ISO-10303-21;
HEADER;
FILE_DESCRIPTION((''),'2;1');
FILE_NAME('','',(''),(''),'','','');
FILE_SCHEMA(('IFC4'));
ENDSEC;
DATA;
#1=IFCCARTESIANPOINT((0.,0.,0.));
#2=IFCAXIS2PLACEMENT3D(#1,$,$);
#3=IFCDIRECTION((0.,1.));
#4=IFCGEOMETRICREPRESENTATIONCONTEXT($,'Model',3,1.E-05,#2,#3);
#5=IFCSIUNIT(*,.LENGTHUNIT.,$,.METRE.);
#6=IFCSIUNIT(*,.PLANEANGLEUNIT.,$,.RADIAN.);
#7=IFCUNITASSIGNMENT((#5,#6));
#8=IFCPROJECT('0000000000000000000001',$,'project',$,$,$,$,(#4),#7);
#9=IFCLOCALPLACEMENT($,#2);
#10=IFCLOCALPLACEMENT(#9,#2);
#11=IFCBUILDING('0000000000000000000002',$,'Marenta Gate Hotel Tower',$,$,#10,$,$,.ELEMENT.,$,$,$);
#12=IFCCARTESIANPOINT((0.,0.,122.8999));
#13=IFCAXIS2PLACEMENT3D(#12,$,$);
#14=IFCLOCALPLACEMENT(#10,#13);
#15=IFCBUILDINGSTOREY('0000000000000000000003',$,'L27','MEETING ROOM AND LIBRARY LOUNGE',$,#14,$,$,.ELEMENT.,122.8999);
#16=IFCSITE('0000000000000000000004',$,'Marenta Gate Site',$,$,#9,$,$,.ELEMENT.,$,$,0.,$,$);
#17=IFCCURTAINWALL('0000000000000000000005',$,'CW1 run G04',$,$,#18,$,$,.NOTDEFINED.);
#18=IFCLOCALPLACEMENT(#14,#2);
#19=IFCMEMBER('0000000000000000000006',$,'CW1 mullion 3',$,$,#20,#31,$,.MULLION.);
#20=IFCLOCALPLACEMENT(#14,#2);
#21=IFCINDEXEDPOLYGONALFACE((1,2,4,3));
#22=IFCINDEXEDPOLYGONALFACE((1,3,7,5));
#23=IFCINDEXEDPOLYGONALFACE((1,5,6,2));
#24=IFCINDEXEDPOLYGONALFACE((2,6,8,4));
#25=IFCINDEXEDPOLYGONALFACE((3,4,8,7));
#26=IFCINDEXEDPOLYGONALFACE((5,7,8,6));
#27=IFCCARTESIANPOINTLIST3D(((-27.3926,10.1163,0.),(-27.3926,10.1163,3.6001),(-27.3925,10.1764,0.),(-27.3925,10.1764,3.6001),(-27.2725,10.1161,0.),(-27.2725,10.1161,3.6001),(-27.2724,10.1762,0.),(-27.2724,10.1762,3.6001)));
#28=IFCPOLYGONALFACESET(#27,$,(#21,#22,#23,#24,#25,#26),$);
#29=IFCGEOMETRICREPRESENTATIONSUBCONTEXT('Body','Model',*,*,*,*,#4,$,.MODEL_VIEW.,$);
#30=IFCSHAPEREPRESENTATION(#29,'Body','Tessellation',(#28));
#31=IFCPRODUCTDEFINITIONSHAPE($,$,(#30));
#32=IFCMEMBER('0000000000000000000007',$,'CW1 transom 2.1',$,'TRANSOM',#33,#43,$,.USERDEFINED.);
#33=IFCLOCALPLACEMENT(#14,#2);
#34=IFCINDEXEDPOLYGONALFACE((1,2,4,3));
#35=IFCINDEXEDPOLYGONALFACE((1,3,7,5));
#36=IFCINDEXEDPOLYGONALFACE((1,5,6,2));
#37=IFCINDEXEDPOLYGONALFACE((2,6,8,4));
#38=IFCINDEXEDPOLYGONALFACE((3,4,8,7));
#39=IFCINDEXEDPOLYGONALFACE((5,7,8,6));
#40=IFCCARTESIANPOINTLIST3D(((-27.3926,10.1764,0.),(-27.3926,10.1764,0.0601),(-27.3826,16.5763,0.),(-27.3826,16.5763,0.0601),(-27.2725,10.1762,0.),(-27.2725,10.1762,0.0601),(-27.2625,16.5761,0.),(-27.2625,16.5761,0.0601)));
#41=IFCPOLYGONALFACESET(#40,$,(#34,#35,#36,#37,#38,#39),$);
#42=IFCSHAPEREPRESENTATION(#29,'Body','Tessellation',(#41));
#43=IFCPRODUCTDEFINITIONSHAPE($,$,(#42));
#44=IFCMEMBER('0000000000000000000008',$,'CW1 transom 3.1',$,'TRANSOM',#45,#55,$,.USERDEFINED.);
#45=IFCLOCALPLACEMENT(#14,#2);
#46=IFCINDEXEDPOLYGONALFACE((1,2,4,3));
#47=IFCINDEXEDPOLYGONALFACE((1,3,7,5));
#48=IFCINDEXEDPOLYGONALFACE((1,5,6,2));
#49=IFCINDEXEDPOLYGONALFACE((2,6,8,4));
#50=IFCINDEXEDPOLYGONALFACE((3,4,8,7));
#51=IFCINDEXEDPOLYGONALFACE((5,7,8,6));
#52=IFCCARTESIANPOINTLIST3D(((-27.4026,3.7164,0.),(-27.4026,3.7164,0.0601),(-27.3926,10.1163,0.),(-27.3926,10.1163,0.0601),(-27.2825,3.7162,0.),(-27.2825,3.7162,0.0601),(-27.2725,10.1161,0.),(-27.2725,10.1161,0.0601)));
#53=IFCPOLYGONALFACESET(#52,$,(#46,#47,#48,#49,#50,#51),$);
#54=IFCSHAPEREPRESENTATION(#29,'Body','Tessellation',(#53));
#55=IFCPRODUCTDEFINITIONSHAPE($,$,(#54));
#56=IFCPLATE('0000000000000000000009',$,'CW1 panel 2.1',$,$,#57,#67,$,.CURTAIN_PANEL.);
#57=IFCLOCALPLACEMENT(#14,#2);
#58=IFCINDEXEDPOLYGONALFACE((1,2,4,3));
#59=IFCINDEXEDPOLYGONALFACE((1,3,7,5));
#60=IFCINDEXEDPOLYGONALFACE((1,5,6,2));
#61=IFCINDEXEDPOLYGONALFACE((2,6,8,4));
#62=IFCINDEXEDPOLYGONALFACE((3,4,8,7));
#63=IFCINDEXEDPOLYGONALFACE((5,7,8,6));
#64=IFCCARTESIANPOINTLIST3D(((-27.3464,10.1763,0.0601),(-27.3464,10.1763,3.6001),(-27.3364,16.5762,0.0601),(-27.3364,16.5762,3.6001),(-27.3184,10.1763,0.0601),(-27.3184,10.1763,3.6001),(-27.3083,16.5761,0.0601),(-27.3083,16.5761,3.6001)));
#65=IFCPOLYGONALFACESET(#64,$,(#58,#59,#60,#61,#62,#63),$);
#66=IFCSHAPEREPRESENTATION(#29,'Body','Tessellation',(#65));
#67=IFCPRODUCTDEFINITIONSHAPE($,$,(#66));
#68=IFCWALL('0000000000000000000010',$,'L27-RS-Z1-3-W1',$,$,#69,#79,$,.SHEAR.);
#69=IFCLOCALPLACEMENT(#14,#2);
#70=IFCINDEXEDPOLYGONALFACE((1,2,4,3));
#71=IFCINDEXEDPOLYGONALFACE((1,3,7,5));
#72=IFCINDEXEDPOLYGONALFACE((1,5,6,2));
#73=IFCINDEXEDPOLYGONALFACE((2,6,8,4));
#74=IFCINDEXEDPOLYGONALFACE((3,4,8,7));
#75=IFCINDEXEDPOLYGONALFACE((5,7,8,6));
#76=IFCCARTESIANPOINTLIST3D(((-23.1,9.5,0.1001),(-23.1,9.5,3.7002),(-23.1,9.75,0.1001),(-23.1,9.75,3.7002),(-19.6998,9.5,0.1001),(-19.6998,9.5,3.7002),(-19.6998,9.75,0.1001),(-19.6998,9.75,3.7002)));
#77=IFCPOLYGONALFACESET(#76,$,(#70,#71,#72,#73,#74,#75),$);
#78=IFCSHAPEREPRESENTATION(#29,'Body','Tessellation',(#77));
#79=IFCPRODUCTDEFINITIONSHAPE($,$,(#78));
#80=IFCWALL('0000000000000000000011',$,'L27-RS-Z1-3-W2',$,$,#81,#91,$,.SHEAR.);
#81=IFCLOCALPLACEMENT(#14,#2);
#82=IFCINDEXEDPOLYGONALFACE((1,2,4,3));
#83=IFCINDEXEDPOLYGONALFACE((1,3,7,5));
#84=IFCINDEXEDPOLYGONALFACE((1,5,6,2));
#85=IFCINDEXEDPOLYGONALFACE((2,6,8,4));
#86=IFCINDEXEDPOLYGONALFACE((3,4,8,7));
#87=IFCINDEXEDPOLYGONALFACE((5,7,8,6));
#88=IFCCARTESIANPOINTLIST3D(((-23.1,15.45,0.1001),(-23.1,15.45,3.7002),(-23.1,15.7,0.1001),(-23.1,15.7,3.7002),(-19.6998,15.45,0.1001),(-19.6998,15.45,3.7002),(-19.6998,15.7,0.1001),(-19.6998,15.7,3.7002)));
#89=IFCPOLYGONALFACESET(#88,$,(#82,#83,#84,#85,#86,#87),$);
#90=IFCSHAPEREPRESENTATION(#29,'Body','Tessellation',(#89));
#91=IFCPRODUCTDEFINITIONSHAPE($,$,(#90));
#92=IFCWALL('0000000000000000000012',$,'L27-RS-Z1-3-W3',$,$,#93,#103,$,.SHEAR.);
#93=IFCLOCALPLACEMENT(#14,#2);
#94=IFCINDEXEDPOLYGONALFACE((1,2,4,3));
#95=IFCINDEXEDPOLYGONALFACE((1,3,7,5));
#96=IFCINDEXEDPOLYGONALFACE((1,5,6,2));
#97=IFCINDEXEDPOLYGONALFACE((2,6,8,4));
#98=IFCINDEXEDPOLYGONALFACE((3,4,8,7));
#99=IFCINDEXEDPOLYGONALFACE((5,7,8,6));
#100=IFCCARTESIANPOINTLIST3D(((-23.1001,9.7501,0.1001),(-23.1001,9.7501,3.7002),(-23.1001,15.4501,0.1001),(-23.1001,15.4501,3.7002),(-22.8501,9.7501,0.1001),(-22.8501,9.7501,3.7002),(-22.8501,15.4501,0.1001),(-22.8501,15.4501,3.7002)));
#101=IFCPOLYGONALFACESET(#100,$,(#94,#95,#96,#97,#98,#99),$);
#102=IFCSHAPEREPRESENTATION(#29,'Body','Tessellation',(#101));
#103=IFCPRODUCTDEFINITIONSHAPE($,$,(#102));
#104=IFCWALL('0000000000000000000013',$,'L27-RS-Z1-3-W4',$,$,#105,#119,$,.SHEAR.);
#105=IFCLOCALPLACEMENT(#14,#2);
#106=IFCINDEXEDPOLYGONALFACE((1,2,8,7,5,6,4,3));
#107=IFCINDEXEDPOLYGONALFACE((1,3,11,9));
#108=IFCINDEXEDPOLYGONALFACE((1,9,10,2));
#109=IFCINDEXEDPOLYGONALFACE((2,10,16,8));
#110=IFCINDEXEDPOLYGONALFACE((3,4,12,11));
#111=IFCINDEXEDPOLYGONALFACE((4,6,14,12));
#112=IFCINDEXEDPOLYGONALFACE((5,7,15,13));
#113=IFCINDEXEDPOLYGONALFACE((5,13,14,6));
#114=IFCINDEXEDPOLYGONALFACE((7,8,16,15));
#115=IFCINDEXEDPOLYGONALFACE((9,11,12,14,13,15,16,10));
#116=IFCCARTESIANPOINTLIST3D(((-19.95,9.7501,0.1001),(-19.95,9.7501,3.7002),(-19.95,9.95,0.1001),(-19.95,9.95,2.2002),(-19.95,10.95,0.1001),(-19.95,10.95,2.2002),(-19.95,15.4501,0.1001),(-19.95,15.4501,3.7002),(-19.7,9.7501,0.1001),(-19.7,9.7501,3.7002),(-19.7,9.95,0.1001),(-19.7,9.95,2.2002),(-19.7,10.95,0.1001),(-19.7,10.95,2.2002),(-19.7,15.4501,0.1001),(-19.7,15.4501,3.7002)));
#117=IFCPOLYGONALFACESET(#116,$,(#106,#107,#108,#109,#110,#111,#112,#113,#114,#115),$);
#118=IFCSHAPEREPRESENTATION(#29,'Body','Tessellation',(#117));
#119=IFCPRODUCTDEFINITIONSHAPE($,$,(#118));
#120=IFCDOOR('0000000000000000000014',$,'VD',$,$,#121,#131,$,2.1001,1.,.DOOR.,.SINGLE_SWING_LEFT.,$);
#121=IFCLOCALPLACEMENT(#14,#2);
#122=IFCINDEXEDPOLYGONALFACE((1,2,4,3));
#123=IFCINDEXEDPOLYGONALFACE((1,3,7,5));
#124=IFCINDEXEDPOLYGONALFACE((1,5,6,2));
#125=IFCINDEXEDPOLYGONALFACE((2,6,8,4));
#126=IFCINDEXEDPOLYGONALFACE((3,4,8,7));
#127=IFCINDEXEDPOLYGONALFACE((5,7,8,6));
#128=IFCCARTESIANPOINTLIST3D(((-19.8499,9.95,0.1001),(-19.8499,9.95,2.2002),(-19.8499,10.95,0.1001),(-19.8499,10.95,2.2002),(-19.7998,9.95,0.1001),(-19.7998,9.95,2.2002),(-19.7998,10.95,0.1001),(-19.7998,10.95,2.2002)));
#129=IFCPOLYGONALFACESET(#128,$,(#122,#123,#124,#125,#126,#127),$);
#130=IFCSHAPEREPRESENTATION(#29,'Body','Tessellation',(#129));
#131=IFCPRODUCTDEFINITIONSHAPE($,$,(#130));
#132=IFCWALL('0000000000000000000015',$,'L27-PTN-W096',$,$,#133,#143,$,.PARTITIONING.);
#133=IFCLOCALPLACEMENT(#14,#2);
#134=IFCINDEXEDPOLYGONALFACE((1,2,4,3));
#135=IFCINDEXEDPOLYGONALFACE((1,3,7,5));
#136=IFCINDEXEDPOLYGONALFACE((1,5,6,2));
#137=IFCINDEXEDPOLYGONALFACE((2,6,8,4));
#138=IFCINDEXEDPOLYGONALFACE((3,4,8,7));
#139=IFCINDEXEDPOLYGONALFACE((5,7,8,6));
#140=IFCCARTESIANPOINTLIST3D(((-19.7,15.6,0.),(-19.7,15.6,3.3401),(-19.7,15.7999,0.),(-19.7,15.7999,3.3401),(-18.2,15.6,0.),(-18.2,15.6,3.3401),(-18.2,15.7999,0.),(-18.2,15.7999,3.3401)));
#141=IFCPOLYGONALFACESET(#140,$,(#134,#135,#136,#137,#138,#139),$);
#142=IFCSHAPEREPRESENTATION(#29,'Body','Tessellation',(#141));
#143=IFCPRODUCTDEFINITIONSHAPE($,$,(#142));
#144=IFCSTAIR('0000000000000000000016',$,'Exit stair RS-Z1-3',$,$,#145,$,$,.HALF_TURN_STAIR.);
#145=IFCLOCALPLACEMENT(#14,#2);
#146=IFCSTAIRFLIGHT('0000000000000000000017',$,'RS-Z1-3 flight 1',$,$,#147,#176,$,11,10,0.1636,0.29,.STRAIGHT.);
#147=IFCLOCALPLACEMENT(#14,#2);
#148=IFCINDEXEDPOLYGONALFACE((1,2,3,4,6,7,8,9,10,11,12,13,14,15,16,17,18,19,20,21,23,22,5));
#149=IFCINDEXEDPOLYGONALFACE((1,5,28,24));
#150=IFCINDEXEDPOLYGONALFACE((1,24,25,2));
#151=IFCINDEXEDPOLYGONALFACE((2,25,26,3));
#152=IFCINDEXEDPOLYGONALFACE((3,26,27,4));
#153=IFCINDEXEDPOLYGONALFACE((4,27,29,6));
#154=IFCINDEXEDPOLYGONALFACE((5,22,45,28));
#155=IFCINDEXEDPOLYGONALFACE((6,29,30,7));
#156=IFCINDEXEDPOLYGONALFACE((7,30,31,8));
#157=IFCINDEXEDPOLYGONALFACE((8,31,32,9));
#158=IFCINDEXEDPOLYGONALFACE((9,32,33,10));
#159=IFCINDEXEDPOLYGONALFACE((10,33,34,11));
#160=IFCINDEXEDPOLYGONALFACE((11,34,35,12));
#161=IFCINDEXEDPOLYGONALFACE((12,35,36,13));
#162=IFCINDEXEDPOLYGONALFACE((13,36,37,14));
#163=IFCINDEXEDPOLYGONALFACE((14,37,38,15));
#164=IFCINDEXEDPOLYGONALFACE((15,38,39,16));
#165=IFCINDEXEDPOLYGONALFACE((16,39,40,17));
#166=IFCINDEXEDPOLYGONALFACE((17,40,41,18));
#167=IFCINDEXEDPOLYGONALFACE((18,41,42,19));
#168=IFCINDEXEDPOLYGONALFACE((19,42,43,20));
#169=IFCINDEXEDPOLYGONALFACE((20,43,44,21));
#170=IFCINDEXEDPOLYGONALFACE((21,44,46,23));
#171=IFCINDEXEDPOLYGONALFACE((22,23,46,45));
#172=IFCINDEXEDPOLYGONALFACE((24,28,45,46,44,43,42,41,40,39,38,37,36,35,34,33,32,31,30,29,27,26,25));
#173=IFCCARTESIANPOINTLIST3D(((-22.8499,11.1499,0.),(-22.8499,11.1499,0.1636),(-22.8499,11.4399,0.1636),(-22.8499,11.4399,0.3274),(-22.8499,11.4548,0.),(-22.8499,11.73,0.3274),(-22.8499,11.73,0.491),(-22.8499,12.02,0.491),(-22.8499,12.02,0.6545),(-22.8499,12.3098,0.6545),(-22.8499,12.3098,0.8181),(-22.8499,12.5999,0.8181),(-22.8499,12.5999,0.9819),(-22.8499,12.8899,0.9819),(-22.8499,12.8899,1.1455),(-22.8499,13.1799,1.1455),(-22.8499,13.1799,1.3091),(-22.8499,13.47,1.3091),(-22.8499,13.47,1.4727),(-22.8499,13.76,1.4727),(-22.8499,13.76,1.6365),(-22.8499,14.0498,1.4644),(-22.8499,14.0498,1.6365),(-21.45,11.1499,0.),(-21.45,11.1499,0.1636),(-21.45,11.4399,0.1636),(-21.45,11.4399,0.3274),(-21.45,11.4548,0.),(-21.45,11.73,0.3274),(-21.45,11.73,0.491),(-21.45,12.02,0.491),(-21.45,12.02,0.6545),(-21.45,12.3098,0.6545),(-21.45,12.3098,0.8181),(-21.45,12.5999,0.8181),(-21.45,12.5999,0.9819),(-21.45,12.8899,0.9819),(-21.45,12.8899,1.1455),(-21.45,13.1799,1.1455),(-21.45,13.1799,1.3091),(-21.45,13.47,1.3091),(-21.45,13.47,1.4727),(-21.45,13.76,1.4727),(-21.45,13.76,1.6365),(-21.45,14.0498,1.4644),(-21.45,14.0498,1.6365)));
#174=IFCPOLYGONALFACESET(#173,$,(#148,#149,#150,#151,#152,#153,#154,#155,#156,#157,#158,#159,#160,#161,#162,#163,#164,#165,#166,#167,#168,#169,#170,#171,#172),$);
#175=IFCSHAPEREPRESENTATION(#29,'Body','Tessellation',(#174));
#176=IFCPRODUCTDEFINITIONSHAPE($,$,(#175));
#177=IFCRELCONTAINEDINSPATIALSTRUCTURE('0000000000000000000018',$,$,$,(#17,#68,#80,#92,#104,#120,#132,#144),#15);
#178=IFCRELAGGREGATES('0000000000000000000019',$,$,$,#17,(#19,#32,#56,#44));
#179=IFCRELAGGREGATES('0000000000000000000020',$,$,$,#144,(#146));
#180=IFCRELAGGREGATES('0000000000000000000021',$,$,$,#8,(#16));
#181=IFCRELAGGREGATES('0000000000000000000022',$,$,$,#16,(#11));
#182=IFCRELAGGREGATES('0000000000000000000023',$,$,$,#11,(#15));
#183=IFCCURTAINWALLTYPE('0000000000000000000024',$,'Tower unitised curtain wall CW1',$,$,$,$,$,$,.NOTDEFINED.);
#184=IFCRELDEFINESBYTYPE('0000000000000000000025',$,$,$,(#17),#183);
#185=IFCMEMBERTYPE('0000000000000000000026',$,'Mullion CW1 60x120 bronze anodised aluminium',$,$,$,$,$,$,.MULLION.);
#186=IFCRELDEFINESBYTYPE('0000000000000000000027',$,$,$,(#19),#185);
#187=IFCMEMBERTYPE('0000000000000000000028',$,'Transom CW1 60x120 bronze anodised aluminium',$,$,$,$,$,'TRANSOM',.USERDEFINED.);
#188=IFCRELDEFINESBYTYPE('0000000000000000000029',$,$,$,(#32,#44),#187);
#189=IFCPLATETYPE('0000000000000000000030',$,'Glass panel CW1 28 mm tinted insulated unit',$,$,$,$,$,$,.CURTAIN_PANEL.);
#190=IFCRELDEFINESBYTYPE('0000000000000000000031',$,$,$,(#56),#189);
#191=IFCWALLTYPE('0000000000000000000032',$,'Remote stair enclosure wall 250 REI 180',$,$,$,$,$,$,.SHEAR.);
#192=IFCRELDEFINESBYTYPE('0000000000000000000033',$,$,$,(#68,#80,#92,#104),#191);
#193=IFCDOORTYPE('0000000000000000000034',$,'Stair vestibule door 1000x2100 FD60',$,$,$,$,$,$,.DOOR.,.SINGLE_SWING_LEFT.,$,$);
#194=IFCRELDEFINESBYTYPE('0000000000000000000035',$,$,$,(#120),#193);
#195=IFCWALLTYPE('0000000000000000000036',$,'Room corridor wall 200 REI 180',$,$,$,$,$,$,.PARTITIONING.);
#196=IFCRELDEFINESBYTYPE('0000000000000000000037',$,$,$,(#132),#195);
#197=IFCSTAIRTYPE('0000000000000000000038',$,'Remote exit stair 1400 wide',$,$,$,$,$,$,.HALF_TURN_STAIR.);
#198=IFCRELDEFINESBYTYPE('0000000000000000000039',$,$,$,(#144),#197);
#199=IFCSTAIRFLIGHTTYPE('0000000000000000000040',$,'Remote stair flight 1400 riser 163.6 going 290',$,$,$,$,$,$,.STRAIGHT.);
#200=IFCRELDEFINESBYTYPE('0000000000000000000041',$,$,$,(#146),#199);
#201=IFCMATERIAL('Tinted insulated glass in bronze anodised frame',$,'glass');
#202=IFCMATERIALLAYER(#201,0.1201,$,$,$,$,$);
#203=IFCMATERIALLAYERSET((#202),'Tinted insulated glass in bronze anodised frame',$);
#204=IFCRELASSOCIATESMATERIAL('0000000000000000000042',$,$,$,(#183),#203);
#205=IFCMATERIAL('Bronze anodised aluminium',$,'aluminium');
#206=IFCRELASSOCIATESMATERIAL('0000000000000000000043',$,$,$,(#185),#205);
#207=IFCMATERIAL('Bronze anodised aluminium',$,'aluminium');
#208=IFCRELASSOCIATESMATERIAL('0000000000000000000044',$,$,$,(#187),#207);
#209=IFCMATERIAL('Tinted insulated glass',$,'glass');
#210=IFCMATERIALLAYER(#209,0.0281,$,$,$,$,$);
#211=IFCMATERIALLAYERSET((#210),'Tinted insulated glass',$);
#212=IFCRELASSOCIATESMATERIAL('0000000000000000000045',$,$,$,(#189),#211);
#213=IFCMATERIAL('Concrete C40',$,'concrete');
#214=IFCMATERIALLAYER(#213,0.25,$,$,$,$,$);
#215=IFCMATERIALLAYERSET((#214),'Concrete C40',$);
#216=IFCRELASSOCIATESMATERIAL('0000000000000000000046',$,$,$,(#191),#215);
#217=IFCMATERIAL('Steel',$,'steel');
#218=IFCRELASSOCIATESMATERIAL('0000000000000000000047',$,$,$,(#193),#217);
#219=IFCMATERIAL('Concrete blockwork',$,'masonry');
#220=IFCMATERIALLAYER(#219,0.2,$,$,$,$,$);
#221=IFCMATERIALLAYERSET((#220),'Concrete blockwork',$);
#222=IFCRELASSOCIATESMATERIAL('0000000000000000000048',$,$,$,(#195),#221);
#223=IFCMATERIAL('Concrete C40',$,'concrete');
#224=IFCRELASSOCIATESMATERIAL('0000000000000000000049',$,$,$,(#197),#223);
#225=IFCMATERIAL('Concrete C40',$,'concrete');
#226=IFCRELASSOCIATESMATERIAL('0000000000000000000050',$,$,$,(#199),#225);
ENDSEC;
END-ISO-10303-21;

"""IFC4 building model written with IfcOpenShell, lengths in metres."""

from ifc_helpers import new_model, si_unit, direction, frame, frame_2d, origin, origin_2d, place, context, subcontext, project, spatial, polyline, rectangle, outline, extrude, material, layer, layer_set, material_profile, profile_set, type_object, element, fill, aggregate, save


model = new_model("IFC4")

# Units and contexts
model_context = context("Model", 3, precision=1e-05, world=origin(), true_north=direction((0.0, 1.0)))
body_context = subcontext(model_context, "Body", "Model", "MODEL_VIEW")
ifc_project = project(units=[si_unit("LENGTHUNIT", "METRE"), si_unit("PLANEANGLEUNIT", "RADIAN")], contexts=[model_context])

# Site, building, storey
site_placement = place(None, origin())
site = spatial("IfcSite", under=ifc_project, at=site_placement, Name="Marenta Gate Site", CompositionType="ELEMENT", RefElevation=0.0)
building_placement = place(site_placement, origin())
building = spatial("IfcBuilding", under=site, at=building_placement, Name="Marenta Gate Hotel Tower", CompositionType="ELEMENT")
storey_placement = place(building_placement, frame((0.0, 0.0, 122.8999)))
storey = spatial("IfcBuildingStorey", under=building, at=storey_placement, Name="L27", Description="MEETING ROOM AND LIBRARY LOUNGE", CompositionType="ELEMENT", Elevation=122.8999)

# Curtain wall, members, plate
ifc_material_1 = material(Name="Tinted insulated glass in bronze anodised frame", Category="glass")
ifc_layer_1 = layer(ifc_material_1, 0.1201)
ifc_layer_set_1 = layer_set([ifc_layer_1], Name="Tinted insulated glass in bronze anodised frame")
curtain_wall_type = type_object("IfcCurtainWallType", Name="Tower unitised curtain wall CW1", PredefinedType="NOTDEFINED", material=ifc_layer_set_1)
curtain_wall_placement = place(storey_placement, origin())
curtain_wall = element("IfcCurtainWall", 1, at=curtain_wall_placement, inside=storey, type_object=curtain_wall_type, Name="CW1 run G04", PredefinedType="NOTDEFINED")
ifc_material_2 = material(Name="Bronze anodised aluminium", Category="aluminium")
ifc_material_profile_1 = material_profile(ifc_material_2, rectangle(XDim=0.1201, YDim=0.0601, at=origin_2d()), Name="Mullion CW1 60x120 bronze anodised aluminium")
ifc_profile_set_1 = profile_set([ifc_material_profile_1], Name="Bronze anodised aluminium")
member_type_1 = type_object("IfcMemberType", Name="Mullion CW1 60x120 bronze anodised aluminium", PredefinedType="MULLION", material=ifc_profile_set_1)
member_1_placement = place(storey_placement, frame((-27.3325, 10.1462, 0.0), z_axis=(0.0, 0.0, 1.0), x_axis=(0.999999, -0.001566, 0.0)))
member_1 = element("IfcMember", 2, at=member_1_placement, type_object=member_type_1, Name="CW1 mullion 3", PredefinedType="MULLION", context=body_context, shape_type="SweptSolid", body=[
    extrude(rectangle(XDim=0.1201, YDim=0.0601, at=origin_2d()), origin(), (0.0, 0.0, 1.0), 3.6001),
])
ifc_material_3 = material(Name="Bronze anodised aluminium", Category="aluminium")
ifc_material_profile_2 = material_profile(ifc_material_3, rectangle(XDim=0.1201, YDim=0.0601, at=origin_2d()), Name="Transom CW1 60x120 bronze anodised aluminium")
ifc_profile_set_2 = profile_set([ifc_material_profile_2], Name="Bronze anodised aluminium")
member_type_2 = type_object("IfcMemberType", Name="Transom CW1 60x120 bronze anodised aluminium", ElementType="TRANSOM", PredefinedType="USERDEFINED", material=ifc_profile_set_2)
member_2_placement = place(storey_placement, frame((-27.3225, 16.5762, 0.03), z_axis=(-0.001564, -0.999999, 0.0), x_axis=(0.999999, -0.001564, 0.0)))
member_2 = element("IfcMember", 3, at=member_2_placement, type_object=member_type_2, Name="CW1 transom 2.1", ObjectType="TRANSOM", PredefinedType="USERDEFINED", context=body_context, shape_type="SweptSolid", body=[
    extrude(rectangle(XDim=0.1201, YDim=0.0601, at=origin_2d()), origin(), (0.0, 0.0, 1.0), 6.3999),
])
member_3_placement = place(storey_placement, frame((-27.3325, 10.1162, 0.03), z_axis=(-0.001564, -0.999999, 0.0), x_axis=(0.999999, -0.001564, 0.0)))
member_3 = element("IfcMember", 4, at=member_3_placement, type_object=member_type_2, Name="CW1 transom 3.1", ObjectType="TRANSOM", PredefinedType="USERDEFINED", context=body_context, shape_type="SweptSolid", body=[
    extrude(rectangle(XDim=0.1201, YDim=0.0601, at=origin_2d()), origin(), (0.0, 0.0, 1.0), 6.3999),
])
ifc_material_4 = material(Name="Tinted insulated glass", Category="glass")
ifc_layer_2 = layer(ifc_material_4, 0.0281)
ifc_layer_set_2 = layer_set([ifc_layer_2], Name="Tinted insulated glass")
plate_type = type_object("IfcPlateType", Name="Glass panel CW1 28 mm tinted insulated unit", PredefinedType="CURTAIN_PANEL", material=ifc_layer_set_2)
plate_placement = place(storey_placement, frame((-27.3274, 13.3762, 0.0601), z_axis=(0.0, 0.0, 1.0), x_axis=(-0.001566, -0.999999, 0.0)))
plate = element("IfcPlate", 5, at=plate_placement, type_object=plate_type, Name="CW1 panel 2.1", PredefinedType="CURTAIN_PANEL", context=body_context, shape_type="SweptSolid", body=[
    extrude(rectangle(XDim=6.3999, YDim=0.0281, at=origin_2d()), origin(), (0.0, 0.0, 1.0), 3.54),
])
aggregate(curtain_wall, [member_1, member_2, plate, member_3])

# Walls
ifc_material_5 = material(Name="Concrete C40", Category="concrete")
ifc_layer_3 = layer(ifc_material_5, 0.25)
ifc_layer_set_3 = layer_set([ifc_layer_3], Name="Concrete C40")
wall_type_1 = type_object("IfcWallType", Name="Remote stair enclosure wall 250 REI 180", PredefinedType="SHEAR", material=ifc_layer_set_3)
for number, where, z_axis, x_axis, name in (
    (6, (-23.1001, 9.625, 0.1001), (0.0, 0.0, 1.0), (1.0, 0.0, 0.0), "L27-RS-Z1-3-W1"),
    (7, (-23.1001, 15.575, 0.1001), (0.0, 0.0, 1.0), (1.0, 0.0, 0.0), "L27-RS-Z1-3-W2"),
):
    element("IfcWall", number, at=place(storey_placement, frame(where, z_axis=z_axis, x_axis=x_axis)), inside=storey, type_object=wall_type_1, Name=name, PredefinedType="SHEAR", context=body_context, shape_type="SweptSolid", body=[
        extrude(rectangle(XDim=3.4001, YDim=0.25, at=frame_2d((1.7002, 0.0))), origin(), (0.0, 0.0, 1.0), 3.6001),
    ])
wall_1_placement = place(storey_placement, frame((-22.9751, 9.75, 0.1001), z_axis=(0.0, 0.0, 1.0), x_axis=(0.0, 1.0, 0.0)))
element("IfcWall", 8, at=wall_1_placement, inside=storey, type_object=wall_type_1, Name="L27-RS-Z1-3-W3", PredefinedType="SHEAR", context=body_context, shape_type="SweptSolid", body=[
    extrude(rectangle(XDim=5.7, YDim=0.25, at=frame_2d((2.8501, 0.0))), origin(), (0.0, 0.0, 1.0), 3.6001),
])

# Wall, opening, door
wall_2_placement = place(storey_placement, frame((-19.825, 9.75, 0.1001), z_axis=(0.0, 0.0, 1.0), x_axis=(0.0, 1.0, 0.0)))
wall_2 = element("IfcWall", 9, at=wall_2_placement, inside=storey, type_object=wall_type_1, Name="L27-RS-Z1-3-W4", PredefinedType="SHEAR", context=body_context, shape_type="SweptSolid", body=[
    extrude(rectangle(XDim=5.7, YDim=0.25, at=frame_2d((2.8501, 0.0))), origin(), (0.0, 0.0, 1.0), 3.6001),
])
opening_1_placement = place(wall_2_placement, frame((0.2, 0.0, 0.0)))
opening_1 = element("IfcOpeningElement", 10, at=opening_1_placement, cuts=wall_2, PredefinedType="OPENING", context=body_context, shape_type="SweptSolid", body=[
    extrude(rectangle(XDim=1.0, YDim=2.1001, at=frame_2d((0.5, 1.05))), frame((0.0, 0.125, 0.0), z_axis=(0.0, -1.0, 0.0), x_axis=(1.0, 0.0, 0.0)), (0.0, 0.0, 1.0), 0.25),
])
ifc_material_6 = material(Name="Steel", Category="steel")
door_type_1 = type_object("IfcDoorType", Name="Stair vestibule door 1000x2100 FD60", OperationType="SINGLE_SWING_LEFT", PredefinedType="DOOR", material=ifc_material_6)
door_1_placement = place(opening_1_placement, origin())
door_1 = element("IfcDoor", 11, at=door_1_placement, inside=storey, type_object=door_type_1, Name="VD", OperationType="SINGLE_SWING_LEFT", OverallHeight=2.1001, OverallWidth=1.0, PredefinedType="DOOR", context=body_context, shape_type="SweptSolid", body=[
    extrude(rectangle(XDim=1.0, YDim=2.1001, at=frame_2d((0.5, 1.05))), frame((0.0, 0.0249, 0.0), z_axis=(0.0, -1.0, 0.0), x_axis=(1.0, 0.0, 0.0)), (0.0, 0.0, 1.0), 0.05),
])
fill(opening_1, door_1)
ifc_material_7 = material(Name="Concrete blockwork", Category="masonry")
ifc_layer_4 = layer(ifc_material_7, 0.2)
ifc_layer_set_4 = layer_set([ifc_layer_4], Name="Concrete blockwork")
wall_type_2 = type_object("IfcWallType", Name="Room corridor wall 200 REI 180", PredefinedType="PARTITIONING", material=ifc_layer_set_4)

# Wall
wall_3_placement = place(storey_placement, frame((-19.7, 15.7, 0.0), z_axis=(0.0, 0.0, 1.0), x_axis=(1.0, 0.0, 0.0)))
element("IfcWall", 12, at=wall_3_placement, inside=storey, type_object=wall_type_2, Name="L27-PTN-W096", PredefinedType="PARTITIONING", context=body_context, shape_type="SweptSolid", body=[
    extrude(rectangle(XDim=1.5, YDim=0.2, at=frame_2d((0.75, 0.0))), origin(), (0.0, 0.0, 1.0), 3.3401),
])

# Stair, stair flight
ifc_material_8 = material(Name="Concrete C40", Category="concrete")
stair_type = type_object("IfcStairType", Name="Remote exit stair 1400 wide", PredefinedType="HALF_TURN_STAIR", material=ifc_material_8)
stair_placement = place(storey_placement, origin())
stair = element("IfcStair", 13, at=stair_placement, inside=storey, type_object=stair_type, Name="Exit stair RS-Z1-3", PredefinedType="HALF_TURN_STAIR")
ifc_material_9 = material(Name="Concrete C40", Category="concrete")
stair_flight_type = type_object("IfcStairFlightType", Name="Remote stair flight 1400 riser 163.6 going 290", PredefinedType="STRAIGHT", material=ifc_material_9)
stair_flight_1_placement = place(storey_placement, frame((-22.1499, 11.1499, 0.0), z_axis=(0.0, 0.0, 1.0), x_axis=(0.0, 1.0, 0.0)))
stair_flight_1 = element("IfcStairFlight", 14, at=stair_flight_1_placement, type_object=stair_flight_type, Name="RS-Z1-3 flight 1", NumberOfRisers=11, NumberOfTreads=10, PredefinedType="STRAIGHT", RiserHeight=0.1636, TreadLength=0.29, context=body_context, shape_type="SweptSolid", body=[
    extrude(outline(polyline([(0.0, 0.0), (0.0, 0.1636), (0.29, 0.1636), (0.29, 0.3274), (0.5801, 0.3274), (0.5801, 0.491), (0.8701, 0.491), (0.8701, 0.6545), (1.1599, 0.6545), (1.1599, 0.8181), (1.45, 0.8181), (1.45, 0.9819), (1.74, 0.9819), (1.74, 1.1455), (2.03, 1.1455), (2.03, 1.3091), (2.3201, 1.3091), (2.3201, 1.4727), (2.6101, 1.4727), (2.6101, 1.6365), (2.8999, 1.6365), (2.8999, 1.8), (2.8999, 1.4644), (0.3049, 0.0), (0.0, 0.0)])), frame((0.0, 0.7, 0.0), z_axis=(0.0, -1.0, 0.0), x_axis=(1.0, 0.0, 0.0)), (0.0, 0.0, 1.0), 1.3999),
])
aggregate(stair, [stair_flight_1])

save(model, "model.ifc")
